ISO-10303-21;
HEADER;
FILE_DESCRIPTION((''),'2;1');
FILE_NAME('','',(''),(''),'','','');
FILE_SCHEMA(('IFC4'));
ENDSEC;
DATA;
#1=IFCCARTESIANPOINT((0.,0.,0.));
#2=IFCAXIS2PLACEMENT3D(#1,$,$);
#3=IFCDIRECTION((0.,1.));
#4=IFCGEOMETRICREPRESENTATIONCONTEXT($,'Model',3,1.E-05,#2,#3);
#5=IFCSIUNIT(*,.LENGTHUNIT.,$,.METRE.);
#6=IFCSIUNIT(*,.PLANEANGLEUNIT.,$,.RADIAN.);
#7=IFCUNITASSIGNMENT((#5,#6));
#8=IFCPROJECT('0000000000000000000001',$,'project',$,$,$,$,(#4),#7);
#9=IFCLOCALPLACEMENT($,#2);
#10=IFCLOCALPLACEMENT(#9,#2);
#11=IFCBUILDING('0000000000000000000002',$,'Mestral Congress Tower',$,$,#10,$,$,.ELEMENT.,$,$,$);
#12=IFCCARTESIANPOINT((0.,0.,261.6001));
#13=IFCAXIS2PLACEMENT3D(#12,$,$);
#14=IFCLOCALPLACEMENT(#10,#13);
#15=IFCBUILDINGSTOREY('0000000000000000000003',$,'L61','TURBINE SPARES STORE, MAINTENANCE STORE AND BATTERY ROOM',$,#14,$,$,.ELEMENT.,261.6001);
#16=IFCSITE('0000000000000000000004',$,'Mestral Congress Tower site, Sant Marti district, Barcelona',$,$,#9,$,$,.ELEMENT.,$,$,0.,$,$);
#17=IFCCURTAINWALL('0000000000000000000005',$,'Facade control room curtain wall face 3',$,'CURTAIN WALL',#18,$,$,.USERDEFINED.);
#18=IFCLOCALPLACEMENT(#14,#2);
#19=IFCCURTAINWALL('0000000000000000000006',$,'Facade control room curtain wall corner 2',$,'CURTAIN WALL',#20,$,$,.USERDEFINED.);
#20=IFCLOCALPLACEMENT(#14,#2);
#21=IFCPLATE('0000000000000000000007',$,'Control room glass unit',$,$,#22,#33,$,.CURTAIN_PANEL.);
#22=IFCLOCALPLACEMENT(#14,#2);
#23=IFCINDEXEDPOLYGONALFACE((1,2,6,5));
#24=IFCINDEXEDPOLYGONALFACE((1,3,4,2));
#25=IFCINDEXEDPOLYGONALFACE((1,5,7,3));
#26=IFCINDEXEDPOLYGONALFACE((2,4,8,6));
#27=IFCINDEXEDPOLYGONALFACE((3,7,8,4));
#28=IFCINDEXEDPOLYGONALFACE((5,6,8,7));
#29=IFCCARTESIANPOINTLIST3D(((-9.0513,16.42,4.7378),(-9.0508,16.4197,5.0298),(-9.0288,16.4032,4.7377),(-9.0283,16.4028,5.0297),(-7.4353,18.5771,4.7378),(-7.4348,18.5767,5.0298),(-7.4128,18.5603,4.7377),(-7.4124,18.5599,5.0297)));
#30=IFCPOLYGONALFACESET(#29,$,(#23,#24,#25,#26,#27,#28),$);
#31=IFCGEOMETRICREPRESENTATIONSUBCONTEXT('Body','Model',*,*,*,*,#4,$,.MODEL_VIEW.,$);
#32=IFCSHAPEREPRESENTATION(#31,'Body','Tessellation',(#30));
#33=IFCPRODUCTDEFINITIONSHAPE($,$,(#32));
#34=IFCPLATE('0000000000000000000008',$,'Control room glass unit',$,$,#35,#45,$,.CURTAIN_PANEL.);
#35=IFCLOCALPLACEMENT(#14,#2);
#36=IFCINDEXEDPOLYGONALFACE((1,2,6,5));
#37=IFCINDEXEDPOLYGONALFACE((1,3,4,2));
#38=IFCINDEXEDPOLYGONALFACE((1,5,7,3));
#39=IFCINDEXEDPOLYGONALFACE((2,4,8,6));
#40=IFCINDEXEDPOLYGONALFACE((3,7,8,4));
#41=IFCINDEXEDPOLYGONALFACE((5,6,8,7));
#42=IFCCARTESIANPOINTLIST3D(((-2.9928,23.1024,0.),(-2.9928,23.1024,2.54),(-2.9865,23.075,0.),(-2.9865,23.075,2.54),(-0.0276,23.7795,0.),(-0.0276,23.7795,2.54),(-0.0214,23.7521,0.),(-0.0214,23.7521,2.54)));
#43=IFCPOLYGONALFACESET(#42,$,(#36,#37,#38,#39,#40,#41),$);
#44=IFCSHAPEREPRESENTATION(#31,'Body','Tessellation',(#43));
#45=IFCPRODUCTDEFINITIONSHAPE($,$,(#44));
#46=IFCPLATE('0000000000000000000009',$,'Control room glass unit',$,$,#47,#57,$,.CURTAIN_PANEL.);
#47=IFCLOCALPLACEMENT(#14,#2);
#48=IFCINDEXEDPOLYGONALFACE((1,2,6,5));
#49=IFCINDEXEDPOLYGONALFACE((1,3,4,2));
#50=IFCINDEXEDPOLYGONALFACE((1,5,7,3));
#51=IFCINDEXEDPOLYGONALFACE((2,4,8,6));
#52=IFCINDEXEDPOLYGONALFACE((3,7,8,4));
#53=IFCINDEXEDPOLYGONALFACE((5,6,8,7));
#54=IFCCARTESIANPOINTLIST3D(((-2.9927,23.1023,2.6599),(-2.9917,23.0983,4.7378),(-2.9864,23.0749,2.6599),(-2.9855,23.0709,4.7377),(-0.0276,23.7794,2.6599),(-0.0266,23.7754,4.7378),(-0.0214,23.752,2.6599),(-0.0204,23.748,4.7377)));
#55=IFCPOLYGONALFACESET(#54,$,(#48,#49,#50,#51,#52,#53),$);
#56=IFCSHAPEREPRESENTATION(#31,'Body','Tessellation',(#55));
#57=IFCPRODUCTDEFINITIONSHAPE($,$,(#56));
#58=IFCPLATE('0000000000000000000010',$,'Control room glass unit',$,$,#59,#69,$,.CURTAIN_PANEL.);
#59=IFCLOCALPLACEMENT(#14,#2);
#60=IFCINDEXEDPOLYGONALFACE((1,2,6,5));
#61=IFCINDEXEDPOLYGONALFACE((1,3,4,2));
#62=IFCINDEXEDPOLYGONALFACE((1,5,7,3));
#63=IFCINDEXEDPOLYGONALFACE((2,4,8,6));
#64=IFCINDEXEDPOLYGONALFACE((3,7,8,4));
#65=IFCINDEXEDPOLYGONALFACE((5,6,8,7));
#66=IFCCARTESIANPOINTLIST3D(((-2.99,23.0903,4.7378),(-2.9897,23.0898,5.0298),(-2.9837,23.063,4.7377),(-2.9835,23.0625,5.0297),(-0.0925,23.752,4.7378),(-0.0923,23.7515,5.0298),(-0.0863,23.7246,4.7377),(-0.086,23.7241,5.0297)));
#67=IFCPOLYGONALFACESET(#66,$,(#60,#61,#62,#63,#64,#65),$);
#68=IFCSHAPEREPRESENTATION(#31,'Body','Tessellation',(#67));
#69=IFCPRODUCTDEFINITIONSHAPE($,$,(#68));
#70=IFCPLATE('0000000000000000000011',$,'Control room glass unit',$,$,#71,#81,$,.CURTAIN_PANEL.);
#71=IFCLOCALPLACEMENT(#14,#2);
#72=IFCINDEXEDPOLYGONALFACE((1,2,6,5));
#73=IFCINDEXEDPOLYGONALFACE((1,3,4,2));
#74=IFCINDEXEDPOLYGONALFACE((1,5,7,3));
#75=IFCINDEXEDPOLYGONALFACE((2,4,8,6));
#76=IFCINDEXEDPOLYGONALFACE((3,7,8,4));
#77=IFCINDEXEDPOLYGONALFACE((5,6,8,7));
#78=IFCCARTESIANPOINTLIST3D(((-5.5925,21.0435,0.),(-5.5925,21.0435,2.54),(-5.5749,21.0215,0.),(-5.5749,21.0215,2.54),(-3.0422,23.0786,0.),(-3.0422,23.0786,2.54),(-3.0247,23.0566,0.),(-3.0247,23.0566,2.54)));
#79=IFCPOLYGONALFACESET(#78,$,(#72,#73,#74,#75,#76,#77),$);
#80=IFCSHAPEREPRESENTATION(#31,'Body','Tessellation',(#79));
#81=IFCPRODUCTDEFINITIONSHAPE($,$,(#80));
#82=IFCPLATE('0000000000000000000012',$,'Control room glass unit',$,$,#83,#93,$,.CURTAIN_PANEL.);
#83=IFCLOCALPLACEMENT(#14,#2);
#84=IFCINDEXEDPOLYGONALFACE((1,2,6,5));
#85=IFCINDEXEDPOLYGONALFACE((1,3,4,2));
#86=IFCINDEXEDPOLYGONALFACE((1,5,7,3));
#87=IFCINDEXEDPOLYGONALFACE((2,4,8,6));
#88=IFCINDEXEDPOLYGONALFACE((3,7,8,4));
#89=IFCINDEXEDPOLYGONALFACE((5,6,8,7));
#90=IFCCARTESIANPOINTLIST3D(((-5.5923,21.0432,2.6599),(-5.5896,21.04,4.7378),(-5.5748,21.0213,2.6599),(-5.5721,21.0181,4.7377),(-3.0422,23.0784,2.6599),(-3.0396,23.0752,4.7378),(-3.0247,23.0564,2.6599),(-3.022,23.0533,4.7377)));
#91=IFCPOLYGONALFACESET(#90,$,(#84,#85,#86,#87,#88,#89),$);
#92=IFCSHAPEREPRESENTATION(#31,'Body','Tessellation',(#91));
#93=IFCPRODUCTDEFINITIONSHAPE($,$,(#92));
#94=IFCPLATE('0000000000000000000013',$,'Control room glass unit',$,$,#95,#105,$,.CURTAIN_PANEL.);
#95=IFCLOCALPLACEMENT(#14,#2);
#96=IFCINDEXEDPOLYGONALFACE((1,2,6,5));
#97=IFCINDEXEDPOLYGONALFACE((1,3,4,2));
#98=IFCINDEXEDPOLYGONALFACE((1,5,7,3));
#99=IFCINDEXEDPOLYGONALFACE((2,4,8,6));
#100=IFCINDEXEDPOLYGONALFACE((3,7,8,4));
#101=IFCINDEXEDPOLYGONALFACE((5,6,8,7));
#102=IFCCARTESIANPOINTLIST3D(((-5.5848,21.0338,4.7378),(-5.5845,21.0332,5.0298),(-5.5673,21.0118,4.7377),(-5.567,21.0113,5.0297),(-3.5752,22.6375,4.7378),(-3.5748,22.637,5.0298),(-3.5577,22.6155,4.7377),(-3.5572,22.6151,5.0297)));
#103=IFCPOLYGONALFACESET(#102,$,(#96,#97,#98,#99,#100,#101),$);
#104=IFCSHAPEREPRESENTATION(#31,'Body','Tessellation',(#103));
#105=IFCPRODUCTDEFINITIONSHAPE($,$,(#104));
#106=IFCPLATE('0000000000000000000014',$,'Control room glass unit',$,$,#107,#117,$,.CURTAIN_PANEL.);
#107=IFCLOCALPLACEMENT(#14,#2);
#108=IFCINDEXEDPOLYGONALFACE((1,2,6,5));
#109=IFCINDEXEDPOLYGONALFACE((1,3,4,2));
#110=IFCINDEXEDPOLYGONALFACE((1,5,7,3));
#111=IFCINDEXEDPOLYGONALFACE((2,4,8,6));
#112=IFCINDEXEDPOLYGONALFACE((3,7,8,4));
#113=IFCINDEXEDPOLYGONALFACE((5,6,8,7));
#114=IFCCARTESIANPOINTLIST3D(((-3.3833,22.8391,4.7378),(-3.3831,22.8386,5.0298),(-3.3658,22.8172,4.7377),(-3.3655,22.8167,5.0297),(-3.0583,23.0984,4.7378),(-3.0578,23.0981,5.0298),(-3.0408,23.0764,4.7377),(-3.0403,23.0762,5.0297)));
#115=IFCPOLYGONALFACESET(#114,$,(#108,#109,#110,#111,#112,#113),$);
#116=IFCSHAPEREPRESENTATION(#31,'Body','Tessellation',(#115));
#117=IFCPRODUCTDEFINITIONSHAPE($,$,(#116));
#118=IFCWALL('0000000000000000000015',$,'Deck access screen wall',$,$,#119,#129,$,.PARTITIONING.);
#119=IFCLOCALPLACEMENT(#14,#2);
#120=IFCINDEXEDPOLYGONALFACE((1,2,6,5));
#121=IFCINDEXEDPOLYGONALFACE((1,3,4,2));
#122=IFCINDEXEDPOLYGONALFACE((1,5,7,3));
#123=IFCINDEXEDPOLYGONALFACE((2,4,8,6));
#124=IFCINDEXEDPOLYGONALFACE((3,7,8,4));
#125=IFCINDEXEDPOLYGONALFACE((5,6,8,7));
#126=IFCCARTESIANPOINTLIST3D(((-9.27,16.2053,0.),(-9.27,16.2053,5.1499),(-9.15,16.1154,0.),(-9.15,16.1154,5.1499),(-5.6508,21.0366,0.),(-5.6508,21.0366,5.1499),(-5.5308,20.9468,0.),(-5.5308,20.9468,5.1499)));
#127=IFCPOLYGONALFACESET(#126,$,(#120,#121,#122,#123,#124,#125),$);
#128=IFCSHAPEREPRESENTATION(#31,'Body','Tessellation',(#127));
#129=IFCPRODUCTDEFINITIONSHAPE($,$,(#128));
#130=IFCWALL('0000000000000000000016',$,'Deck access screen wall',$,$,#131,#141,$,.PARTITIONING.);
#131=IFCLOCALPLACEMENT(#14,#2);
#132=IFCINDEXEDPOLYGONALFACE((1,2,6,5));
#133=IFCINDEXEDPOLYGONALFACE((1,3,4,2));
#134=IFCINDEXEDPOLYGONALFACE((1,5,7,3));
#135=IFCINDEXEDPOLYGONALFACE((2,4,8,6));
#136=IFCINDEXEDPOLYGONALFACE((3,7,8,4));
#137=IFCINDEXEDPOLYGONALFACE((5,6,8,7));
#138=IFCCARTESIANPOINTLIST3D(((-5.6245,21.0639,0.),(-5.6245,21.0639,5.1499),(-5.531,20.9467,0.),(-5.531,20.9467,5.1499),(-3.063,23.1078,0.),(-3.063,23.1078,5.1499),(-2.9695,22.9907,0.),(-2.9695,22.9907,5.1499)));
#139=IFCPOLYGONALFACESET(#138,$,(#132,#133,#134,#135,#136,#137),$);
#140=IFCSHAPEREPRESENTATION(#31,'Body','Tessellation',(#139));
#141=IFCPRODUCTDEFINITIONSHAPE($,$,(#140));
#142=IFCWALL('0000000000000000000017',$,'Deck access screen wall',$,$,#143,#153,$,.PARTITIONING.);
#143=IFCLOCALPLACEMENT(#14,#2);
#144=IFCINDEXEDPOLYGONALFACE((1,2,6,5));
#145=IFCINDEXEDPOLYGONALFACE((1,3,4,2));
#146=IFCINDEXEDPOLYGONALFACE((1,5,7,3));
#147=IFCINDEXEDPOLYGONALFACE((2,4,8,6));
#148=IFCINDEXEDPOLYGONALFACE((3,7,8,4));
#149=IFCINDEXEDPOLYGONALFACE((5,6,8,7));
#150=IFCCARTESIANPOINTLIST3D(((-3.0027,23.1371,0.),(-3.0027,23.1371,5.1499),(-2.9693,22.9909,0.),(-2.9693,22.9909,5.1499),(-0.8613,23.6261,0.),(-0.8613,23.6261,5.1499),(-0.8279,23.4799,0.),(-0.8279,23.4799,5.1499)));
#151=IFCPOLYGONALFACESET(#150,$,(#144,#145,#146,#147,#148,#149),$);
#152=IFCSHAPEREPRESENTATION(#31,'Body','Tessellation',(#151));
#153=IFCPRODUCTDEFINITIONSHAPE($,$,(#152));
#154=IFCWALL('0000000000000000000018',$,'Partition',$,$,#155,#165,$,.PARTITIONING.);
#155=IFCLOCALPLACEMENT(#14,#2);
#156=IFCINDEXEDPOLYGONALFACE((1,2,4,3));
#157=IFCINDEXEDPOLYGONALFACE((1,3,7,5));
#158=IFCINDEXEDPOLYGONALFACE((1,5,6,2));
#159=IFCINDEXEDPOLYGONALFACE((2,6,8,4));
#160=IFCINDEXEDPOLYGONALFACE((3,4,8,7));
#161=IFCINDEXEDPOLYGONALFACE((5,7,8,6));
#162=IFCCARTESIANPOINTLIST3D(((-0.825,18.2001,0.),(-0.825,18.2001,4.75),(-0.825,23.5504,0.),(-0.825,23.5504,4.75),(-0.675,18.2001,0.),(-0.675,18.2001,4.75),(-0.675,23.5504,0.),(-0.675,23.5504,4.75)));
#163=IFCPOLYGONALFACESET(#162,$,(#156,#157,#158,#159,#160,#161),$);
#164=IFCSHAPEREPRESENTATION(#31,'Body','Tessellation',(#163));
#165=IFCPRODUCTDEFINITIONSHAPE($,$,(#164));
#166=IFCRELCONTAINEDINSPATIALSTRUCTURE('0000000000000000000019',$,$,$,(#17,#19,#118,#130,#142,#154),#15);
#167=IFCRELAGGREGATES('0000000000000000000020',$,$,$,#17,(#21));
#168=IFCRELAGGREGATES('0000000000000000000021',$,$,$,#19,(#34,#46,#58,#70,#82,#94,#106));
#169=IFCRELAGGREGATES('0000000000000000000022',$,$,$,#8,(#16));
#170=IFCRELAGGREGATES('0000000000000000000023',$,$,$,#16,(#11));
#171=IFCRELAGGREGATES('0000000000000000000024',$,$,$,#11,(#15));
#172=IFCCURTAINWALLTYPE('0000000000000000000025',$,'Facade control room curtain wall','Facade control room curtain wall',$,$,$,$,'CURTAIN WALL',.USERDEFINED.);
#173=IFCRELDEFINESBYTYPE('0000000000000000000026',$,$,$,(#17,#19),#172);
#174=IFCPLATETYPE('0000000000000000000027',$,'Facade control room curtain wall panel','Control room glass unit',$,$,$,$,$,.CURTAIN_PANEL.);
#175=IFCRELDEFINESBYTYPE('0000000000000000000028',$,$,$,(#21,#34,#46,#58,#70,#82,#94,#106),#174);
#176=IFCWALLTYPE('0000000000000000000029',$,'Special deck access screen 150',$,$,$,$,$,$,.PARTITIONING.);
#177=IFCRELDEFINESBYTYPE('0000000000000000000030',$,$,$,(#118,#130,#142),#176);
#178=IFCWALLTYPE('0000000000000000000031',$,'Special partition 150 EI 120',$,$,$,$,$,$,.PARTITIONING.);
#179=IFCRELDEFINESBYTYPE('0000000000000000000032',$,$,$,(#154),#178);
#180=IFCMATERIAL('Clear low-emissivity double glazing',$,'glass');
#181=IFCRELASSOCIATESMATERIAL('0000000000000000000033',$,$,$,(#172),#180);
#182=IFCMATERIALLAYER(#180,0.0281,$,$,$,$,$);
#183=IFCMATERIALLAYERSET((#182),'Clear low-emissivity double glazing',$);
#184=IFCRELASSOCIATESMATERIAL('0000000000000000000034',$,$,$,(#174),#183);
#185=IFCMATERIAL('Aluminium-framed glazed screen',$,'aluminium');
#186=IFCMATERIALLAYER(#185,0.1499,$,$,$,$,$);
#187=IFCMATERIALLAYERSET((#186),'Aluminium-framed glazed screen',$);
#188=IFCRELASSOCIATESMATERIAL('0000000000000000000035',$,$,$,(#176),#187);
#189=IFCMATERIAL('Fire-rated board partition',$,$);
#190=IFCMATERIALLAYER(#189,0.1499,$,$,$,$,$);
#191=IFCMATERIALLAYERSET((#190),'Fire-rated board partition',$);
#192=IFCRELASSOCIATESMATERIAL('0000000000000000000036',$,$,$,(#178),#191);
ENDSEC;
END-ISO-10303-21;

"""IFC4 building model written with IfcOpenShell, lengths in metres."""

from ifc_helpers import new_model, si_unit, direction, frame, frame_2d, origin, origin_2d, place, context, subcontext, project, spatial, polyline, rectangle, outline, extrude, material, layer, layer_set, type_object, element, aggregate, save


model = new_model("IFC4")

# Units and contexts
model_context = context("Model", 3, precision=1e-05, world=origin(), true_north=direction((0.0, 1.0)))
body_context = subcontext(model_context, "Body", "Model", "MODEL_VIEW")
ifc_project = project(units=[si_unit("LENGTHUNIT", "METRE"), si_unit("PLANEANGLEUNIT", "RADIAN")], contexts=[model_context])

# Site, building, storey
site_placement = place(None, origin())
site = spatial("IfcSite", under=ifc_project, at=site_placement, Name="Mestral Congress Tower site, Sant Marti district, Barcelona", CompositionType="ELEMENT", RefElevation=0.0)
building_placement = place(site_placement, origin())
building = spatial("IfcBuilding", under=site, at=building_placement, Name="Mestral Congress Tower", CompositionType="ELEMENT")
storey_placement = place(building_placement, frame((0.0, 0.0, 261.6001)))
storey = spatial("IfcBuildingStorey", under=building, at=storey_placement, Name="L61", Description="TURBINE SPARES STORE, MAINTENANCE STORE AND BATTERY ROOM", CompositionType="ELEMENT", Elevation=261.6001)

# Curtain wall
ifc_material_1 = material(Name="Clear low-emissivity double glazing", Category="glass")
curtain_wall_type = type_object("IfcCurtainWallType", Name="Facade control room curtain wall", Description="Facade control room curtain wall", ElementType="CURTAIN WALL", PredefinedType="USERDEFINED", material=ifc_material_1)
placement = place(storey_placement, origin())
curtain_wall_1 = element("IfcCurtainWall", 1, at=placement, inside=storey, type_object=curtain_wall_type, Name="Facade control room curtain wall face 3", ObjectType="CURTAIN WALL", PredefinedType="USERDEFINED")

# Curtain wall
curtain_wall_2 = element("IfcCurtainWall", 2, at=placement, inside=storey, type_object=curtain_wall_type, Name="Facade control room curtain wall corner 2", ObjectType="CURTAIN WALL", PredefinedType="USERDEFINED")

# Plates
ifc_layer_1 = layer(ifc_material_1, 0.0281)
ifc_layer_set_1 = layer_set([ifc_layer_1], Name="Clear low-emissivity double glazing")
plate_type = type_object("IfcPlateType", Name="Facade control room curtain wall panel", Description="Control room glass unit", PredefinedType="CURTAIN_PANEL", material=ifc_layer_set_1)
plate_1_placement = place(storey_placement, frame((-7.4353, 18.5771, 4.7378), z_axis=(-0.80033, 0.599557, 0.00209), x_axis=(0.001572, -0.001388, 0.999998)))
plate_1 = element("IfcPlate", 3, at=plate_1_placement, type_object=plate_type, Name="Control room glass unit", PredefinedType="CURTAIN_PANEL", context=body_context, shape_type="SweptSolid", body=[
    extrude(outline(polyline([(0.0, 0.0), (0.292, 0.0), (0.2924, -2.6952), (0.0005, -2.6953), (0.0, 0.0)])), origin(), (0.0, 0.0, -1.0), 0.0281),
])
aggregate(curtain_wall_1, [plate_1])
plate_2_placement = place(storey_placement, frame((-1.5071, 23.4272, 0.0), z_axis=(0.0, 0.0, 1.0), x_axis=(-0.974904, -0.222627, 0.0)))
plate_2 = element("IfcPlate", 4, at=plate_2_placement, type_object=plate_type, Name="Control room glass unit", PredefinedType="CURTAIN_PANEL", context=body_context, shape_type="SweptSolid", body=[
    extrude(rectangle(XDim=3.0415, YDim=0.0281, at=origin_2d()), origin(), (0.0, 0.0, 1.0), 2.54),
])
plate_3_placement = place(storey_placement, frame((-2.9927, 23.1023, 2.6599), z_axis=(-0.222634, 0.9749, 0.001995), x_axis=(0.974902, 0.222634, 0.0)))
plate_3 = element("IfcPlate", 5, at=plate_3_placement, type_object=plate_type, Name="Control room glass unit", PredefinedType="CURTAIN_PANEL", context=body_context, shape_type="SweptSolid", body=[
    extrude(outline(polyline([(0.0, 0.0), (3.0414, 0.0), (3.0415, -2.0779), (0.0, -2.0779), (0.0, 0.0)])), origin(), (0.0, 0.0, -1.0), 0.0281),
])
plate_4_placement = place(storey_placement, frame((-2.9897, 23.0898, 5.0298), z_axis=(-0.222615, 0.974905, 0.001816), x_axis=(-0.000836, 0.001672, -0.999998)))
plate_4 = element("IfcPlate", 6, at=plate_4_placement, type_object=plate_type, Name="Control room glass unit", PredefinedType="CURTAIN_PANEL", context=body_context, shape_type="SweptSolid", body=[
    extrude(outline(polyline([(0.0, 0.0), (0.292, 0.0), (0.2907, -2.972), (-0.0013, -2.972), (0.0, 0.0)])), origin(), (0.0, 0.0, -1.0), 0.0281),
])
plate_5_placement = place(storey_placement, frame((-4.3086, 22.05, 0.0), z_axis=(0.0, 0.0, 1.0), x_axis=(-0.781626, -0.623747, 0.0)))
plate_5 = element("IfcPlate", 7, at=plate_5_placement, type_object=plate_type, Name="Control room glass unit", PredefinedType="CURTAIN_PANEL", context=body_context, shape_type="SweptSolid", body=[
    extrude(rectangle(XDim=3.2627, YDim=0.0281, at=origin_2d()), origin(), (0.0, 0.0, 1.0), 2.54),
])
plate_6_placement = place(storey_placement, frame((-5.5923, 21.0432, 2.6599), z_axis=(-0.623781, 0.781597, 0.002), x_axis=(0.781598, 0.623782, 0.0)))
plate_6 = element("IfcPlate", 8, at=plate_6_placement, type_object=plate_type, Name="Control room glass unit", PredefinedType="CURTAIN_PANEL", context=body_context, shape_type="SweptSolid", body=[
    extrude(outline(polyline([(0.0, 0.0), (3.2626, 0.0), (3.2627, -2.0779), (0.0001, -2.0779), (0.0, 0.0)])), origin(), (0.0, 0.0, -1.0), 0.0281),
])
plate_7_placement = place(storey_placement, frame((-5.5845, 21.0332, 5.0298), z_axis=(-0.623755, 0.781617, 0.002089), x_axis=(-0.000999, 0.001876, -0.999998)))
plate_7 = element("IfcPlate", 9, at=plate_7_placement, type_object=plate_type, Name="Control room glass unit", PredefinedType="CURTAIN_PANEL", context=body_context, shape_type="SweptSolid", body=[
    extrude(outline(polyline([(0.0, 0.0), (0.292, 0.0), (0.293, -2.571), (0.001, -2.5712), (0.0, 0.0)])), origin(), (0.0, 0.0, -1.0), 0.0281),
])
plate_8_placement = place(storey_placement, frame((-3.0583, 23.0984, 4.7378), z_axis=(-0.623727, 0.78164, 0.001763), x_axis=(0.001713, -0.000888, 0.999998)))
plate_8 = element("IfcPlate", 10, at=plate_8_placement, type_object=plate_type, Name="Control room glass unit", PredefinedType="CURTAIN_PANEL", context=body_context, shape_type="SweptSolid", body=[
    extrude(outline(polyline([(0.0, 0.0), (0.292, 0.0), (0.2917, -0.4161), (-0.0003, -0.4157), (0.0, 0.0)])), origin(), (0.0, 0.0, -1.0), 0.0281),
])
aggregate(curtain_wall_2, [plate_2, plate_3, plate_4, plate_5, plate_6, plate_7, plate_8])

# Walls
ifc_material_2 = material(Name="Aluminium-framed glazed screen", Category="aluminium")
ifc_layer_2 = layer(ifc_material_2, 0.1499)
ifc_layer_set_2 = layer_set([ifc_layer_2], Name="Aluminium-framed glazed screen")
wall_type_1 = type_object("IfcWallType", Name="Special deck access screen 150", PredefinedType="PARTITIONING", material=ifc_layer_set_2)
wall_1_placement = place(storey_placement, frame((-5.5908, 20.9917, 0.0), z_axis=(0.0, 0.0, 1.0), x_axis=(-0.59954, -0.800344, 0.0)))
element("IfcWall", 11, at=wall_1_placement, inside=storey, type_object=wall_type_1, Name="Deck access screen wall", PredefinedType="PARTITIONING", context=body_context, shape_type="SweptSolid", body=[
    extrude(rectangle(XDim=6.0366, YDim=0.1499, at=frame_2d((3.0183, 0.0))), origin(), (0.0, 0.0, 1.0), 5.1499),
])
wall_2_placement = place(storey_placement, frame((-3.0161, 23.0493, 0.0), z_axis=(0.0, 0.0, 1.0), x_axis=(-0.781653, -0.623713, 0.0)))
element("IfcWall", 12, at=wall_2_placement, inside=storey, type_object=wall_type_1, Name="Deck access screen wall", PredefinedType="PARTITIONING", context=body_context, shape_type="SweptSolid", body=[
    extrude(rectangle(XDim=3.2771, YDim=0.1499, at=frame_2d((1.6387, 0.0))), origin(), (0.0, 0.0, 1.0), 5.1499),
])
wall_3_placement = place(storey_placement, frame((-0.8447, 23.553, 0.0), z_axis=(0.0, 0.0, 1.0), x_axis=(-0.974902, -0.222635, 0.0)))
element("IfcWall", 13, at=wall_3_placement, inside=storey, type_object=wall_type_1, Name="Deck access screen wall", PredefinedType="PARTITIONING", context=body_context, shape_type="SweptSolid", body=[
    extrude(rectangle(XDim=2.1965, YDim=0.1499, at=frame_2d((1.0981, 0.0))), origin(), (0.0, 0.0, 1.0), 5.1499),
])
ifc_material_3 = material(Name="Fire-rated board partition")
ifc_layer_3 = layer(ifc_material_3, 0.1499)
ifc_layer_set_3 = layer_set([ifc_layer_3], Name="Fire-rated board partition")
wall_type_2 = type_object("IfcWallType", Name="Special partition 150 EI 120", PredefinedType="PARTITIONING", material=ifc_layer_set_3)
wall_4_placement = place(storey_placement, frame((-0.75, 18.2, 0.0), z_axis=(0.0, 0.0, 1.0), x_axis=(0.0, 1.0, 0.0)))
element("IfcWall", 14, at=wall_4_placement, inside=storey, type_object=wall_type_2, Name="Partition", PredefinedType="PARTITIONING", context=body_context, shape_type="SweptSolid", body=[
    extrude(rectangle(XDim=5.3503, YDim=0.1499, at=frame_2d((2.6753, 0.0))), origin(), (0.0, 0.0, 1.0), 4.75),
])

save(model, "model.ifc")
